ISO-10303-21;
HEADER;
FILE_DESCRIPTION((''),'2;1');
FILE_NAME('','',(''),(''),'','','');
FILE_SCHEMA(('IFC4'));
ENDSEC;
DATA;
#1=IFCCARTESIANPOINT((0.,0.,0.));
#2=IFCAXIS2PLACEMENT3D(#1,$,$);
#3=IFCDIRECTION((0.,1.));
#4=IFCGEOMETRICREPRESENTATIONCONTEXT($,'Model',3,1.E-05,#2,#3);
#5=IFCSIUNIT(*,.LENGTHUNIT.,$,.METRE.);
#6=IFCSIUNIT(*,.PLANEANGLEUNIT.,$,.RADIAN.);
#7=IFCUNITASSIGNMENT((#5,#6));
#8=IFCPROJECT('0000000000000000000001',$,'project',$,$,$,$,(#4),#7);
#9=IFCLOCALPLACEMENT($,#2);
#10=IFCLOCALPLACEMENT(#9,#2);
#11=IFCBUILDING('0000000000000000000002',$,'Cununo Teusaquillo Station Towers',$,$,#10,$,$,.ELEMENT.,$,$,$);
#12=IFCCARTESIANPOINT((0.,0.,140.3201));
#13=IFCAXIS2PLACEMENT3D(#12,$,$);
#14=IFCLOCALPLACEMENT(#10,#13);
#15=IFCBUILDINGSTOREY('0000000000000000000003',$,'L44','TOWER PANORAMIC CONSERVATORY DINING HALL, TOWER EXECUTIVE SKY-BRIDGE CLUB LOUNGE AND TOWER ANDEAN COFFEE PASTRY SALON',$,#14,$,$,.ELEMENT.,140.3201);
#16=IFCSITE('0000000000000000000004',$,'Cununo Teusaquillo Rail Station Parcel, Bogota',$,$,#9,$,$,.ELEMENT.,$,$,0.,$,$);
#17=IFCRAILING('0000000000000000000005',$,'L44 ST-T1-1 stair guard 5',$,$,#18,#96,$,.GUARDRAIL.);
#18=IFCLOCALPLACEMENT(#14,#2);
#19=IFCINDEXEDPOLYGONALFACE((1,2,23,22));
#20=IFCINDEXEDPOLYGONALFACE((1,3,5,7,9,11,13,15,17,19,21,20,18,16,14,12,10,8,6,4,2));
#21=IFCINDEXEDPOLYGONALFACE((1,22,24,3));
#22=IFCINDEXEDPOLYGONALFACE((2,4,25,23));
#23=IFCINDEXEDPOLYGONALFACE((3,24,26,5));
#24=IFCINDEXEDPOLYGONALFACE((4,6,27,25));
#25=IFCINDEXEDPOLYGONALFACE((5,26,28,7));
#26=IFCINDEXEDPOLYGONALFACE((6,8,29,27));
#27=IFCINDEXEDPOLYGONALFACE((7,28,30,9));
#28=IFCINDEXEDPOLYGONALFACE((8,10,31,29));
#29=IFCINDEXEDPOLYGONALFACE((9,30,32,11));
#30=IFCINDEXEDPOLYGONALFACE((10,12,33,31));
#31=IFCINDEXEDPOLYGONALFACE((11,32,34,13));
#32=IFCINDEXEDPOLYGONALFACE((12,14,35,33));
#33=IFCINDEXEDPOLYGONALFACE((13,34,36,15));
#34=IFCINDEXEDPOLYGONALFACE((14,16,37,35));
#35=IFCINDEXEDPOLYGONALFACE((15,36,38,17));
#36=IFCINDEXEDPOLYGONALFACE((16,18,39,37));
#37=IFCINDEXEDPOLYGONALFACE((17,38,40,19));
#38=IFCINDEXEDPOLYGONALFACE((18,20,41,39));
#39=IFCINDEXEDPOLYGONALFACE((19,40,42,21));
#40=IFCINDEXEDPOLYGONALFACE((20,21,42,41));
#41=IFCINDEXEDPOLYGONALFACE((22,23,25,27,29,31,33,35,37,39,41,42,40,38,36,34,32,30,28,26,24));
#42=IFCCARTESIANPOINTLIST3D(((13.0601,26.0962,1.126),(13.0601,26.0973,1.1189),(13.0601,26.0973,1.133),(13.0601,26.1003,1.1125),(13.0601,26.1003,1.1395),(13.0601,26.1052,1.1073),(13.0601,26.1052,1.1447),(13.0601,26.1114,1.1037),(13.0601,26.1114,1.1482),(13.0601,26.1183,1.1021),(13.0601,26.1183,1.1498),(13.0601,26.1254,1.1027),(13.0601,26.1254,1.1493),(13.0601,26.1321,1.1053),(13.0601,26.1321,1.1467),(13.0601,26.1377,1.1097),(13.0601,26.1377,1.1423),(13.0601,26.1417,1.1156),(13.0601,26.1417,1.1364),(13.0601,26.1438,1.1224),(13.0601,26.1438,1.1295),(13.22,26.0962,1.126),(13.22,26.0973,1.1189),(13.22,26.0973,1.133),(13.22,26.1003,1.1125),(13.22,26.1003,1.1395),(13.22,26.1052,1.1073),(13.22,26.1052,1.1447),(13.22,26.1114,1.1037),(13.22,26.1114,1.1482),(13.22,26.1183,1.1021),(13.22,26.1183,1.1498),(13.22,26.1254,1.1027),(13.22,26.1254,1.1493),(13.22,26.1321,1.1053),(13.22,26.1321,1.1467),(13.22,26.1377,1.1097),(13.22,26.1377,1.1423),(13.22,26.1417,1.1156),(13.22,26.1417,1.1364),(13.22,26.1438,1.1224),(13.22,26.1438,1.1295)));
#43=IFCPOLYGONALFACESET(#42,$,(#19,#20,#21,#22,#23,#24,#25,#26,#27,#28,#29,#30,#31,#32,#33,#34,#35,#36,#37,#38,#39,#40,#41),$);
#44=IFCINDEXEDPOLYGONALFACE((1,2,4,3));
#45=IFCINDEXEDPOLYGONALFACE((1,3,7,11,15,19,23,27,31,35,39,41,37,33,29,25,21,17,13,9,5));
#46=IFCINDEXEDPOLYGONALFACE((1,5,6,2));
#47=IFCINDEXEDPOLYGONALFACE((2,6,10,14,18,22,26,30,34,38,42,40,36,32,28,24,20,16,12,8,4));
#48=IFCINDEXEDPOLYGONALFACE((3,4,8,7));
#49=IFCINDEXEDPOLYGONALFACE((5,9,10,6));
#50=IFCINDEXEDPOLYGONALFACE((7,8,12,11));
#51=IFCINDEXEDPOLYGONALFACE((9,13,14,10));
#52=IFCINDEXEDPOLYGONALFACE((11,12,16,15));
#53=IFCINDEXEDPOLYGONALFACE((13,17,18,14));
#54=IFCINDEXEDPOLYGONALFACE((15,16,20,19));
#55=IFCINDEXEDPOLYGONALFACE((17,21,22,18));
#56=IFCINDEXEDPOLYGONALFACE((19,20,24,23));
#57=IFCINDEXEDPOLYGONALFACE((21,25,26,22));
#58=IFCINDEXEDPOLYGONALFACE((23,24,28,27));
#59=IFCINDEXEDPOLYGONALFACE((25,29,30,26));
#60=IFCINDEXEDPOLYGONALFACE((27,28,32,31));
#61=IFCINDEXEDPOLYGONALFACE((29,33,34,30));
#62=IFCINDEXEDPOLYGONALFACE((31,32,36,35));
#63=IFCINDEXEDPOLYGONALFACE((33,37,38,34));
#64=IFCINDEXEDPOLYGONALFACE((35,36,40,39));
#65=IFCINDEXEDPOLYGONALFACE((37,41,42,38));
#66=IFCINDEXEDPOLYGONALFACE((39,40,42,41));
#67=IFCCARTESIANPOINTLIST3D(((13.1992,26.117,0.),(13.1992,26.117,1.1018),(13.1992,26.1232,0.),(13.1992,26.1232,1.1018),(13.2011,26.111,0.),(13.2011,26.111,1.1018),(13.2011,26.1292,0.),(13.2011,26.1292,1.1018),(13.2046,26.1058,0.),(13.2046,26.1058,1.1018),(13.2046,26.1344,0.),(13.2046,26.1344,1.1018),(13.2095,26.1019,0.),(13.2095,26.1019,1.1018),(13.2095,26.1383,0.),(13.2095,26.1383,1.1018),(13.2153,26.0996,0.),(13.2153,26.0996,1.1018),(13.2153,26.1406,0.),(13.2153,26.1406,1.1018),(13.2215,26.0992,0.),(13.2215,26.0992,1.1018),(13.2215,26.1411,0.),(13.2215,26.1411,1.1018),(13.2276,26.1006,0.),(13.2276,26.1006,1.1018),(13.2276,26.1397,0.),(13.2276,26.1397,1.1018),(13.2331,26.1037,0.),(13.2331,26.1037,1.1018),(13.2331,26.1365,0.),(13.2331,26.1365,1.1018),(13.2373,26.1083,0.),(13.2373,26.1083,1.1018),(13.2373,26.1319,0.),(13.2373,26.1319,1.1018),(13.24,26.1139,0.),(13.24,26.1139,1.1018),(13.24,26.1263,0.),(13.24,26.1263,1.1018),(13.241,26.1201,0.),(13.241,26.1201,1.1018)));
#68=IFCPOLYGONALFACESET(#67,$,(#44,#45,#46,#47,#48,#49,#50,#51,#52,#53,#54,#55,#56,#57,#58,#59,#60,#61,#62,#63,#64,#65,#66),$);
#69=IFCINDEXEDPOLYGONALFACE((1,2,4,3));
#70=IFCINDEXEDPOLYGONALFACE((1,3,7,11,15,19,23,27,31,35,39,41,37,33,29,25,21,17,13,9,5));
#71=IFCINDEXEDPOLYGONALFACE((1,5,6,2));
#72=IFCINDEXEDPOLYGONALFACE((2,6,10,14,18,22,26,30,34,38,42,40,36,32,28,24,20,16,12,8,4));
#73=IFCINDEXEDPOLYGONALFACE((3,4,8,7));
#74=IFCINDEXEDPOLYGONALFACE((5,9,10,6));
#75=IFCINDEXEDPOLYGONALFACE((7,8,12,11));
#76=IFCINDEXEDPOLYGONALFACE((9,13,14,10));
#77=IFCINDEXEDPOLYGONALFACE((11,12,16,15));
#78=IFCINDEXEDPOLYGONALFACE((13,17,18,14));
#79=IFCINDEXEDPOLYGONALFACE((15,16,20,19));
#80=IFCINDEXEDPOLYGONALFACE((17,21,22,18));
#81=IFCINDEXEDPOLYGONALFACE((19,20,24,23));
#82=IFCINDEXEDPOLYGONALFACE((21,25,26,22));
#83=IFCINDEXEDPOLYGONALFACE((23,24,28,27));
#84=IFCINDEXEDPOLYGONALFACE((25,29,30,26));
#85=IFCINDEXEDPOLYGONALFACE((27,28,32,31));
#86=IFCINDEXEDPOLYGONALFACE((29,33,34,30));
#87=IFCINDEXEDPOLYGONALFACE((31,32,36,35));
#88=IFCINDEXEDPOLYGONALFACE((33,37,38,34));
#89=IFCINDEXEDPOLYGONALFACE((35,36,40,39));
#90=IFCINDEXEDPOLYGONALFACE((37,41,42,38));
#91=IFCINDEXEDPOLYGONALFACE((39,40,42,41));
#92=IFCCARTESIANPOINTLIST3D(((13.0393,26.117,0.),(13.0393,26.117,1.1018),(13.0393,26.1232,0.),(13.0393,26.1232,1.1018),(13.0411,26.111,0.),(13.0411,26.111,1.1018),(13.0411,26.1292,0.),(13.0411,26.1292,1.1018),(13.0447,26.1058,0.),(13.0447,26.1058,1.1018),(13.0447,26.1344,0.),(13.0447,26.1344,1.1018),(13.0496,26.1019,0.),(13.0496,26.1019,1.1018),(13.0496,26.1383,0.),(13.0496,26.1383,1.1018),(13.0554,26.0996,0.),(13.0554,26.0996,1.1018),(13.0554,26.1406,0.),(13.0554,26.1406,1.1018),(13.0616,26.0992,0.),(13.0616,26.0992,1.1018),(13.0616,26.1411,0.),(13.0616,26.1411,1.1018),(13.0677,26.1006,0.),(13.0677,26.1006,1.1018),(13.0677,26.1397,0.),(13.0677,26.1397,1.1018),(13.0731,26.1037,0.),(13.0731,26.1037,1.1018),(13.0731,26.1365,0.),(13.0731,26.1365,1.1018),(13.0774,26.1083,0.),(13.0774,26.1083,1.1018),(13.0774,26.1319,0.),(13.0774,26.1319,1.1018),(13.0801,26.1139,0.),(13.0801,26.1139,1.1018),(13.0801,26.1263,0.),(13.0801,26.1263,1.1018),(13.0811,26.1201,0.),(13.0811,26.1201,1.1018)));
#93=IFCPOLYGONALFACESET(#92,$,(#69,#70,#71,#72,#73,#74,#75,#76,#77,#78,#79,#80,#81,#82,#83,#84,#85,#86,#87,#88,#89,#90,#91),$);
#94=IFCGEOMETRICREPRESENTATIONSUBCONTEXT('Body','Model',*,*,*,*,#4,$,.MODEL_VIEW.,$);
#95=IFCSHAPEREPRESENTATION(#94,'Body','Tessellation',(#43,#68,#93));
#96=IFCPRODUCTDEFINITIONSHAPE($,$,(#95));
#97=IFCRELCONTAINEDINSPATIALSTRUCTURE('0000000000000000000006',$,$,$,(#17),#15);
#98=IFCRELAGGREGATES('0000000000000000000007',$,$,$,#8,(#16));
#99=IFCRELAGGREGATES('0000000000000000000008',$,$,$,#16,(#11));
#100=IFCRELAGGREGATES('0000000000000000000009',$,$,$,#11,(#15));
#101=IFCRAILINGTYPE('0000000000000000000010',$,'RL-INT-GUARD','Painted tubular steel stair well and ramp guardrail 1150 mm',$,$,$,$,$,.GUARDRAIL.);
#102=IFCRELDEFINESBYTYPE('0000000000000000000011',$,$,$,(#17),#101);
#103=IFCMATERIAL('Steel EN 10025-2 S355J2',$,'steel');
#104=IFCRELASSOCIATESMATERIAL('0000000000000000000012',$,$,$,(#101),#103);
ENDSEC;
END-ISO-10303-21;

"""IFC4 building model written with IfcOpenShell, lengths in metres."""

from ifc_helpers import new_model, si_unit, direction, frame, origin, origin_2d, place, context, subcontext, project, spatial, circle, extrude, material, type_object, element, save


model = new_model("IFC4")

# Units and contexts
model_context = context("Model", 3, precision=1e-05, world=origin(), true_north=direction((0.0, 1.0)))
body_context = subcontext(model_context, "Body", "Model", "MODEL_VIEW")
ifc_project = project(units=[si_unit("LENGTHUNIT", "METRE"), si_unit("PLANEANGLEUNIT", "RADIAN")], contexts=[model_context])

# Site, building, storey
site_placement = place(None, origin())
site = spatial("IfcSite", under=ifc_project, at=site_placement, Name="Cununo Teusaquillo Rail Station Parcel, Bogota", CompositionType="ELEMENT", RefElevation=0.0)
building_placement = place(site_placement, origin())
building = spatial("IfcBuilding", under=site, at=building_placement, Name="Cununo Teusaquillo Station Towers", CompositionType="ELEMENT")
storey_placement = place(building_placement, frame((0.0, 0.0, 140.3201)))
storey = spatial("IfcBuildingStorey", under=building, at=storey_placement, Name="L44", Description="TOWER PANORAMIC CONSERVATORY DINING HALL, TOWER EXECUTIVE SKY-BRIDGE CLUB LOUNGE AND TOWER ANDEAN COFFEE PASTRY SALON", CompositionType="ELEMENT", Elevation=140.3201)

# Railing
ifc_material_1 = material(Name="Steel EN 10025-2 S355J2", Category="steel")
railing_type_1 = type_object("IfcRailingType", Name="RL-INT-GUARD", Description="Painted tubular steel stair well and ramp guardrail 1150 mm", PredefinedType="GUARDRAIL", material=ifc_material_1)
railing_1_placement = place(storey_placement, frame((13.22, 26.1201, 0.0)))
element("IfcRailing", 1, at=railing_1_placement, inside=storey, type_object=railing_type_1, Name="L44 ST-T1-1 stair guard 5", PredefinedType="GUARDRAIL", context=body_context, shape_type="SweptSolid", body=[
    extrude(circle(Radius=0.0239, at=origin_2d()), frame((0.0, 0.0, 1.126), z_axis=(-1.0, 0.0, 0.0), x_axis=(0.0, -1.0, 0.0)), (0.0, 0.0, 1.0), 0.1599),
    extrude(circle(Radius=0.021, at=origin_2d()), origin(), (0.0, 0.0, 1.0), 1.1018),
    extrude(circle(Radius=0.021, at=origin_2d()), frame((-0.1599, 0.0, 0.0)), (0.0, 0.0, 1.0), 1.1018),
])

save(model, "model.ifc")
